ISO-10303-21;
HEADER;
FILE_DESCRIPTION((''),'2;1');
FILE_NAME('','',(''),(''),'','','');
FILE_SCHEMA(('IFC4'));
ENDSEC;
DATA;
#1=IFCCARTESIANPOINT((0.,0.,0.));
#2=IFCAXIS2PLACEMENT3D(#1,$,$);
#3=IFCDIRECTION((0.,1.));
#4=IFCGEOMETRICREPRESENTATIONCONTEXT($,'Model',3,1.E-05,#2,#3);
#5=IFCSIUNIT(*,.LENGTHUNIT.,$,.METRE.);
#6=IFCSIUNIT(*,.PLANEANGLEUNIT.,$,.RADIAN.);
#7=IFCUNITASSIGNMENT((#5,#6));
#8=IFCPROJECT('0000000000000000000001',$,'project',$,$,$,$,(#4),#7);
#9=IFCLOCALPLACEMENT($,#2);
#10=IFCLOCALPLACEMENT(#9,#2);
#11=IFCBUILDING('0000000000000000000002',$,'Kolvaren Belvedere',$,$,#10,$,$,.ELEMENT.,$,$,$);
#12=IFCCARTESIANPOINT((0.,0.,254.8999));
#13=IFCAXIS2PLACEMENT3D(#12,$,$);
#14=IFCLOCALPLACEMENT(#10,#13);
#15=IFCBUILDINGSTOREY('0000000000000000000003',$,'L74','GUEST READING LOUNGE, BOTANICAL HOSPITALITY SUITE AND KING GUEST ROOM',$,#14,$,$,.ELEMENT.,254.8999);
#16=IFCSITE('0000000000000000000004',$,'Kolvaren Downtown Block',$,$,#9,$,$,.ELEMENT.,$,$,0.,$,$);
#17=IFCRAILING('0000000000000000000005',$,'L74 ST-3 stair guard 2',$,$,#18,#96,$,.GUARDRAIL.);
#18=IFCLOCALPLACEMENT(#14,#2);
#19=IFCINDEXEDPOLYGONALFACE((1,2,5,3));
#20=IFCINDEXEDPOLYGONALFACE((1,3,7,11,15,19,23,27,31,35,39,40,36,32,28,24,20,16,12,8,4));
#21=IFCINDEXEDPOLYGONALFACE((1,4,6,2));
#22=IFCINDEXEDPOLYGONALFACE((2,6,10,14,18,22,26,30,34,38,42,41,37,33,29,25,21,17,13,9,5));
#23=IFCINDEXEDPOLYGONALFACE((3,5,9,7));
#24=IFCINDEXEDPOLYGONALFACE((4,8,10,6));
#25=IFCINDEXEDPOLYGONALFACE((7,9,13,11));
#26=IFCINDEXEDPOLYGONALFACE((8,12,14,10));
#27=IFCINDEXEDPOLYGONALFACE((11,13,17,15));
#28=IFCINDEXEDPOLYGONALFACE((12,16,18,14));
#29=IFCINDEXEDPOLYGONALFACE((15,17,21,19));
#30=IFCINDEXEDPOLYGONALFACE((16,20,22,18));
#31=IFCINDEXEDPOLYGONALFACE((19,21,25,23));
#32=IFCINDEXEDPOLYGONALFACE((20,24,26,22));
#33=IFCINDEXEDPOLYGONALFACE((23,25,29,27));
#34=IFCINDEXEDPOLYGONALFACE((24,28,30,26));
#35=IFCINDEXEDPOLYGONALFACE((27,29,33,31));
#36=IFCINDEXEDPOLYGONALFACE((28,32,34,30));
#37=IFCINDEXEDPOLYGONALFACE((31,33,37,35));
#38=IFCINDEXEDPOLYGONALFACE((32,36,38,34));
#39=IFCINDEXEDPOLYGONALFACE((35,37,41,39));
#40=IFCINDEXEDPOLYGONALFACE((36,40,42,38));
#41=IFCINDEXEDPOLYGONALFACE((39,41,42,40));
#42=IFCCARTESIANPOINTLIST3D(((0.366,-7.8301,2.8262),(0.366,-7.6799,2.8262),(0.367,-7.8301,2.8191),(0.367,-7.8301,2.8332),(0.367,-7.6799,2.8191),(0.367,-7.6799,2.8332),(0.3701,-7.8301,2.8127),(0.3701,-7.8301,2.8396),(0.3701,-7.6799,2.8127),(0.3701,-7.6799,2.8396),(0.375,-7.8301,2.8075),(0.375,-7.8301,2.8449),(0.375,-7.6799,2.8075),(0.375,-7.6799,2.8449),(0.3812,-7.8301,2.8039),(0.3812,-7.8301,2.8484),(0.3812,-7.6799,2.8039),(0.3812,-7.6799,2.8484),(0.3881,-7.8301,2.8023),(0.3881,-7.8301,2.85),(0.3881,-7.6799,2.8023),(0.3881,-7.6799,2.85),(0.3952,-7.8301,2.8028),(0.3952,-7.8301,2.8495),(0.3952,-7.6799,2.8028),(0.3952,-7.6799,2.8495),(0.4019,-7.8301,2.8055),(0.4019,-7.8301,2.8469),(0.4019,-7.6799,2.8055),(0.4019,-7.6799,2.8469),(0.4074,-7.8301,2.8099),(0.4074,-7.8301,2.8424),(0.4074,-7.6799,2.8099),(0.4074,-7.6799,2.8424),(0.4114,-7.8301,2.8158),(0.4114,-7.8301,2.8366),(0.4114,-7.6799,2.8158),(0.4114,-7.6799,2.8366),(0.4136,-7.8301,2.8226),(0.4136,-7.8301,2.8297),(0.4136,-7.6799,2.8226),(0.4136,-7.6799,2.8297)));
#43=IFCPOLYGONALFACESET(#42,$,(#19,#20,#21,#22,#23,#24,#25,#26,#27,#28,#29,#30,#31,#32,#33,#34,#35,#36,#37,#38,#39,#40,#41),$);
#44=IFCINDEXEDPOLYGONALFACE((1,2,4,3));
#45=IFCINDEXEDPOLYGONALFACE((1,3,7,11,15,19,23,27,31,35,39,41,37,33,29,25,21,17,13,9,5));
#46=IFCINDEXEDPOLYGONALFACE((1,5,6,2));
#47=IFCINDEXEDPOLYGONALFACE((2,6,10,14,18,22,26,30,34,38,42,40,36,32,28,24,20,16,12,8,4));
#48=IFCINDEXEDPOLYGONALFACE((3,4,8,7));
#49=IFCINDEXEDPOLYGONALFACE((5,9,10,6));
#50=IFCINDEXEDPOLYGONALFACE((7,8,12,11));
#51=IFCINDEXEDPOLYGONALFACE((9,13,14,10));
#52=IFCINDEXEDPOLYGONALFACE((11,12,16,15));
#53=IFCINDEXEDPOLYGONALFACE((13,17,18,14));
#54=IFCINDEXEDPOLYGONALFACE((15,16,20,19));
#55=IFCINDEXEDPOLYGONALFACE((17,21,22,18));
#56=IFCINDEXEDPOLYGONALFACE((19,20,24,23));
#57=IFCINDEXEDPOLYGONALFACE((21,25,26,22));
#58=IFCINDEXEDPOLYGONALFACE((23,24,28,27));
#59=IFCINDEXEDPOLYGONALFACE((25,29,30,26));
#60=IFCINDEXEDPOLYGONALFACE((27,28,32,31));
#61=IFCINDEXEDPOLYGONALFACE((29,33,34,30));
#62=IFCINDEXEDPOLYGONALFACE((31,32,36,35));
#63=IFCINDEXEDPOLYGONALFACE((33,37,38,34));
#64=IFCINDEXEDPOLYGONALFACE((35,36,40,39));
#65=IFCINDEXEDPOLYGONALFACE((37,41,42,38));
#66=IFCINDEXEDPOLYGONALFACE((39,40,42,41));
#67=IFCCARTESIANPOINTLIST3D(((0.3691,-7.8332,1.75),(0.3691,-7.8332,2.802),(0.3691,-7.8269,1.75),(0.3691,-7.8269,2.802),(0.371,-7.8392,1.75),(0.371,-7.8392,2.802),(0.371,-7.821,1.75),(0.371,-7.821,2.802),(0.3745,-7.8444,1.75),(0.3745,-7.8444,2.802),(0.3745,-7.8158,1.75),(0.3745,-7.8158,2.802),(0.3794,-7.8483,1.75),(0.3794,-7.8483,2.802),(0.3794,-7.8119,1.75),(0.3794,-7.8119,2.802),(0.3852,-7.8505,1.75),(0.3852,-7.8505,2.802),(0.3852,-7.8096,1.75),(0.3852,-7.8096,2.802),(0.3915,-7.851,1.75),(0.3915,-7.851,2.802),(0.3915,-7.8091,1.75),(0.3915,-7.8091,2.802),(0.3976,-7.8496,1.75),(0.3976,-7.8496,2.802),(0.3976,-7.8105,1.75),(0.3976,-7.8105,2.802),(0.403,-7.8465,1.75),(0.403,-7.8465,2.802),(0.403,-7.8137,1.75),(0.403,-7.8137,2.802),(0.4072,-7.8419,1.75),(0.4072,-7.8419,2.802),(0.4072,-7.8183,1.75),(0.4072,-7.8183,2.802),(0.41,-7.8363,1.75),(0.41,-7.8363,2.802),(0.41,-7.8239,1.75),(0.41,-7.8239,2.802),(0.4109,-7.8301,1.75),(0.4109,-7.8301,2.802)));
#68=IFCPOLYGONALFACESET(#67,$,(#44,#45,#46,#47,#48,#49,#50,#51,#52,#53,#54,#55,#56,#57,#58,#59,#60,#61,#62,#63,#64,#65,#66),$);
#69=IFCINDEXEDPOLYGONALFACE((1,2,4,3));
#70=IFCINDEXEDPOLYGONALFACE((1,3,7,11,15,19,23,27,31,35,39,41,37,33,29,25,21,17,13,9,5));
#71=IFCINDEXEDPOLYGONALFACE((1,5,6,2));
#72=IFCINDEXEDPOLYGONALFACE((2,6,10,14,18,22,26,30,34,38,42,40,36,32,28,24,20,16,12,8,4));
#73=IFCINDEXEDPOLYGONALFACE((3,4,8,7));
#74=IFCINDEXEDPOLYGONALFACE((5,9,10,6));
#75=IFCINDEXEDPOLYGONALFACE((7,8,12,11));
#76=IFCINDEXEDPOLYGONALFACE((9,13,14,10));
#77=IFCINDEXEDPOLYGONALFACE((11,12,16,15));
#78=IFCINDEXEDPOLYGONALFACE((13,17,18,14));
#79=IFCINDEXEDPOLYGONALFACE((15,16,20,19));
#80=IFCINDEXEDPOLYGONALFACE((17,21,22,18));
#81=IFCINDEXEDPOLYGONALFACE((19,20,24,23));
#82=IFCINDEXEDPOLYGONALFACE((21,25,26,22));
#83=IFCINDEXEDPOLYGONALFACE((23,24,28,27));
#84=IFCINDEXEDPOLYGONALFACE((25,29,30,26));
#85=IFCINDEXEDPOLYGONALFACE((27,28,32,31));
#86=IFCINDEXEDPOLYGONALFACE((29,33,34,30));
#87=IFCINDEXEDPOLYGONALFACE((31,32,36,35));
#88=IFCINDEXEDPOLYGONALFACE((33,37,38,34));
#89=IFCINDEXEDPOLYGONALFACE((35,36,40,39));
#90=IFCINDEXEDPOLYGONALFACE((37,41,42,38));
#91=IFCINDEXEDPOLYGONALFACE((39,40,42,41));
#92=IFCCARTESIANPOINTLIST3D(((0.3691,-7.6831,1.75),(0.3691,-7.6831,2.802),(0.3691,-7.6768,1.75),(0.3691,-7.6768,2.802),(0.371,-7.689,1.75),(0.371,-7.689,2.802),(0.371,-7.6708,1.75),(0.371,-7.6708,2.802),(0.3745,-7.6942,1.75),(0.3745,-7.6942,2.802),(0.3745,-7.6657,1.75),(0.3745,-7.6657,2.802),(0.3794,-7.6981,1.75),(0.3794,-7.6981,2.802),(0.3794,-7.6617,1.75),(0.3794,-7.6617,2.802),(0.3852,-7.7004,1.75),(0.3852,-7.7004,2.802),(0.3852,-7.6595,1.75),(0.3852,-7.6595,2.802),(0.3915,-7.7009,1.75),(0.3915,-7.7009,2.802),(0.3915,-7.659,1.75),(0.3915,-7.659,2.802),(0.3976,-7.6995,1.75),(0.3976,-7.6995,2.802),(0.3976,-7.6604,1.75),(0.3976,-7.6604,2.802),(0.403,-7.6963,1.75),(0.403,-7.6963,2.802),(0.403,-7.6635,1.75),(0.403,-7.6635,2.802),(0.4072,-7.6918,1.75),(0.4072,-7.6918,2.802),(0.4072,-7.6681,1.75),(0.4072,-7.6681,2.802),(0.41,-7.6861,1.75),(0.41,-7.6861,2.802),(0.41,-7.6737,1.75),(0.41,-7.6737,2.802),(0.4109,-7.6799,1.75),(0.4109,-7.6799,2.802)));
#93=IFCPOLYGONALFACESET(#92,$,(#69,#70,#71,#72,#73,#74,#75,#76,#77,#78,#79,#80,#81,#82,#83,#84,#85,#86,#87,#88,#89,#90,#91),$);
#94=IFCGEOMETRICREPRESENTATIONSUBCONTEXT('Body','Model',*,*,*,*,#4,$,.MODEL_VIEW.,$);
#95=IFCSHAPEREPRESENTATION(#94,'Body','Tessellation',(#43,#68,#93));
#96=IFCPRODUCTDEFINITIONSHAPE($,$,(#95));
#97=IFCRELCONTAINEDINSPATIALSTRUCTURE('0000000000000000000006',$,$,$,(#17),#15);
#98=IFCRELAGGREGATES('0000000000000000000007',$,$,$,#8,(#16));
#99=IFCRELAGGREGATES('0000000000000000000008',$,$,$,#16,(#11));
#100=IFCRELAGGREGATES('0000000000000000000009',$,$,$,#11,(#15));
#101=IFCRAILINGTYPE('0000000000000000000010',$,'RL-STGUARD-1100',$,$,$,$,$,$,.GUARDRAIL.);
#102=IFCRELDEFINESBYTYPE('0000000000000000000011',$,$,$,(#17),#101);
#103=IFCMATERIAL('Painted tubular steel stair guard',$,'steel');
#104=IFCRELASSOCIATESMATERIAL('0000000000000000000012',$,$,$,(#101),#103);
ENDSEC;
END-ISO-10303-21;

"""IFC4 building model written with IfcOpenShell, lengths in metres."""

from ifc_helpers import new_model, si_unit, direction, frame, origin, origin_2d, place, context, subcontext, project, spatial, circle, extrude, material, type_object, element, save


model = new_model("IFC4")

# Units and contexts
model_context = context("Model", 3, precision=1e-05, world=origin(), true_north=direction((0.0, 1.0)))
body_context = subcontext(model_context, "Body", "Model", "MODEL_VIEW")
ifc_project = project(units=[si_unit("LENGTHUNIT", "METRE"), si_unit("PLANEANGLEUNIT", "RADIAN")], contexts=[model_context])

# Site, building, storey
site_placement = place(None, origin())
site = spatial("IfcSite", under=ifc_project, at=site_placement, Name="Kolvaren Downtown Block", CompositionType="ELEMENT", RefElevation=0.0)
building_placement = place(site_placement, origin())
building = spatial("IfcBuilding", under=site, at=building_placement, Name="Kolvaren Belvedere", CompositionType="ELEMENT")
storey_placement = place(building_placement, frame((0.0, 0.0, 254.8999)))
storey = spatial("IfcBuildingStorey", under=building, at=storey_placement, Name="L74", Description="GUEST READING LOUNGE, BOTANICAL HOSPITALITY SUITE AND KING GUEST ROOM", CompositionType="ELEMENT", Elevation=254.8999)

# Railing
ifc_material_1 = material(Name="Painted tubular steel stair guard", Category="steel")
railing_type_1 = type_object("IfcRailingType", Name="RL-STGUARD-1100", PredefinedType="GUARDRAIL", material=ifc_material_1)
railing_1_placement = place(storey_placement, frame((0.3899, -7.8301, 1.75)))
element("IfcRailing", 1, at=railing_1_placement, inside=storey, type_object=railing_type_1, Name="L74 ST-3 stair guard 2", PredefinedType="GUARDRAIL", context=body_context, shape_type="SweptSolid", body=[
    extrude(circle(Radius=0.0239, at=origin_2d()), frame((0.0, 0.0, 1.0762), z_axis=(0.0, 1.0, 0.0), x_axis=(-1.0, 0.0, 0.0)), (0.0, 0.0, 1.0), 0.1501),
    extrude(circle(Radius=0.021, at=origin_2d()), origin(), (0.0, 0.0, 1.0), 1.052),
    extrude(circle(Radius=0.021, at=origin_2d()), frame((0.0, 0.1501, 0.0)), (0.0, 0.0, 1.0), 1.052),
])

save(model, "model.ifc")
